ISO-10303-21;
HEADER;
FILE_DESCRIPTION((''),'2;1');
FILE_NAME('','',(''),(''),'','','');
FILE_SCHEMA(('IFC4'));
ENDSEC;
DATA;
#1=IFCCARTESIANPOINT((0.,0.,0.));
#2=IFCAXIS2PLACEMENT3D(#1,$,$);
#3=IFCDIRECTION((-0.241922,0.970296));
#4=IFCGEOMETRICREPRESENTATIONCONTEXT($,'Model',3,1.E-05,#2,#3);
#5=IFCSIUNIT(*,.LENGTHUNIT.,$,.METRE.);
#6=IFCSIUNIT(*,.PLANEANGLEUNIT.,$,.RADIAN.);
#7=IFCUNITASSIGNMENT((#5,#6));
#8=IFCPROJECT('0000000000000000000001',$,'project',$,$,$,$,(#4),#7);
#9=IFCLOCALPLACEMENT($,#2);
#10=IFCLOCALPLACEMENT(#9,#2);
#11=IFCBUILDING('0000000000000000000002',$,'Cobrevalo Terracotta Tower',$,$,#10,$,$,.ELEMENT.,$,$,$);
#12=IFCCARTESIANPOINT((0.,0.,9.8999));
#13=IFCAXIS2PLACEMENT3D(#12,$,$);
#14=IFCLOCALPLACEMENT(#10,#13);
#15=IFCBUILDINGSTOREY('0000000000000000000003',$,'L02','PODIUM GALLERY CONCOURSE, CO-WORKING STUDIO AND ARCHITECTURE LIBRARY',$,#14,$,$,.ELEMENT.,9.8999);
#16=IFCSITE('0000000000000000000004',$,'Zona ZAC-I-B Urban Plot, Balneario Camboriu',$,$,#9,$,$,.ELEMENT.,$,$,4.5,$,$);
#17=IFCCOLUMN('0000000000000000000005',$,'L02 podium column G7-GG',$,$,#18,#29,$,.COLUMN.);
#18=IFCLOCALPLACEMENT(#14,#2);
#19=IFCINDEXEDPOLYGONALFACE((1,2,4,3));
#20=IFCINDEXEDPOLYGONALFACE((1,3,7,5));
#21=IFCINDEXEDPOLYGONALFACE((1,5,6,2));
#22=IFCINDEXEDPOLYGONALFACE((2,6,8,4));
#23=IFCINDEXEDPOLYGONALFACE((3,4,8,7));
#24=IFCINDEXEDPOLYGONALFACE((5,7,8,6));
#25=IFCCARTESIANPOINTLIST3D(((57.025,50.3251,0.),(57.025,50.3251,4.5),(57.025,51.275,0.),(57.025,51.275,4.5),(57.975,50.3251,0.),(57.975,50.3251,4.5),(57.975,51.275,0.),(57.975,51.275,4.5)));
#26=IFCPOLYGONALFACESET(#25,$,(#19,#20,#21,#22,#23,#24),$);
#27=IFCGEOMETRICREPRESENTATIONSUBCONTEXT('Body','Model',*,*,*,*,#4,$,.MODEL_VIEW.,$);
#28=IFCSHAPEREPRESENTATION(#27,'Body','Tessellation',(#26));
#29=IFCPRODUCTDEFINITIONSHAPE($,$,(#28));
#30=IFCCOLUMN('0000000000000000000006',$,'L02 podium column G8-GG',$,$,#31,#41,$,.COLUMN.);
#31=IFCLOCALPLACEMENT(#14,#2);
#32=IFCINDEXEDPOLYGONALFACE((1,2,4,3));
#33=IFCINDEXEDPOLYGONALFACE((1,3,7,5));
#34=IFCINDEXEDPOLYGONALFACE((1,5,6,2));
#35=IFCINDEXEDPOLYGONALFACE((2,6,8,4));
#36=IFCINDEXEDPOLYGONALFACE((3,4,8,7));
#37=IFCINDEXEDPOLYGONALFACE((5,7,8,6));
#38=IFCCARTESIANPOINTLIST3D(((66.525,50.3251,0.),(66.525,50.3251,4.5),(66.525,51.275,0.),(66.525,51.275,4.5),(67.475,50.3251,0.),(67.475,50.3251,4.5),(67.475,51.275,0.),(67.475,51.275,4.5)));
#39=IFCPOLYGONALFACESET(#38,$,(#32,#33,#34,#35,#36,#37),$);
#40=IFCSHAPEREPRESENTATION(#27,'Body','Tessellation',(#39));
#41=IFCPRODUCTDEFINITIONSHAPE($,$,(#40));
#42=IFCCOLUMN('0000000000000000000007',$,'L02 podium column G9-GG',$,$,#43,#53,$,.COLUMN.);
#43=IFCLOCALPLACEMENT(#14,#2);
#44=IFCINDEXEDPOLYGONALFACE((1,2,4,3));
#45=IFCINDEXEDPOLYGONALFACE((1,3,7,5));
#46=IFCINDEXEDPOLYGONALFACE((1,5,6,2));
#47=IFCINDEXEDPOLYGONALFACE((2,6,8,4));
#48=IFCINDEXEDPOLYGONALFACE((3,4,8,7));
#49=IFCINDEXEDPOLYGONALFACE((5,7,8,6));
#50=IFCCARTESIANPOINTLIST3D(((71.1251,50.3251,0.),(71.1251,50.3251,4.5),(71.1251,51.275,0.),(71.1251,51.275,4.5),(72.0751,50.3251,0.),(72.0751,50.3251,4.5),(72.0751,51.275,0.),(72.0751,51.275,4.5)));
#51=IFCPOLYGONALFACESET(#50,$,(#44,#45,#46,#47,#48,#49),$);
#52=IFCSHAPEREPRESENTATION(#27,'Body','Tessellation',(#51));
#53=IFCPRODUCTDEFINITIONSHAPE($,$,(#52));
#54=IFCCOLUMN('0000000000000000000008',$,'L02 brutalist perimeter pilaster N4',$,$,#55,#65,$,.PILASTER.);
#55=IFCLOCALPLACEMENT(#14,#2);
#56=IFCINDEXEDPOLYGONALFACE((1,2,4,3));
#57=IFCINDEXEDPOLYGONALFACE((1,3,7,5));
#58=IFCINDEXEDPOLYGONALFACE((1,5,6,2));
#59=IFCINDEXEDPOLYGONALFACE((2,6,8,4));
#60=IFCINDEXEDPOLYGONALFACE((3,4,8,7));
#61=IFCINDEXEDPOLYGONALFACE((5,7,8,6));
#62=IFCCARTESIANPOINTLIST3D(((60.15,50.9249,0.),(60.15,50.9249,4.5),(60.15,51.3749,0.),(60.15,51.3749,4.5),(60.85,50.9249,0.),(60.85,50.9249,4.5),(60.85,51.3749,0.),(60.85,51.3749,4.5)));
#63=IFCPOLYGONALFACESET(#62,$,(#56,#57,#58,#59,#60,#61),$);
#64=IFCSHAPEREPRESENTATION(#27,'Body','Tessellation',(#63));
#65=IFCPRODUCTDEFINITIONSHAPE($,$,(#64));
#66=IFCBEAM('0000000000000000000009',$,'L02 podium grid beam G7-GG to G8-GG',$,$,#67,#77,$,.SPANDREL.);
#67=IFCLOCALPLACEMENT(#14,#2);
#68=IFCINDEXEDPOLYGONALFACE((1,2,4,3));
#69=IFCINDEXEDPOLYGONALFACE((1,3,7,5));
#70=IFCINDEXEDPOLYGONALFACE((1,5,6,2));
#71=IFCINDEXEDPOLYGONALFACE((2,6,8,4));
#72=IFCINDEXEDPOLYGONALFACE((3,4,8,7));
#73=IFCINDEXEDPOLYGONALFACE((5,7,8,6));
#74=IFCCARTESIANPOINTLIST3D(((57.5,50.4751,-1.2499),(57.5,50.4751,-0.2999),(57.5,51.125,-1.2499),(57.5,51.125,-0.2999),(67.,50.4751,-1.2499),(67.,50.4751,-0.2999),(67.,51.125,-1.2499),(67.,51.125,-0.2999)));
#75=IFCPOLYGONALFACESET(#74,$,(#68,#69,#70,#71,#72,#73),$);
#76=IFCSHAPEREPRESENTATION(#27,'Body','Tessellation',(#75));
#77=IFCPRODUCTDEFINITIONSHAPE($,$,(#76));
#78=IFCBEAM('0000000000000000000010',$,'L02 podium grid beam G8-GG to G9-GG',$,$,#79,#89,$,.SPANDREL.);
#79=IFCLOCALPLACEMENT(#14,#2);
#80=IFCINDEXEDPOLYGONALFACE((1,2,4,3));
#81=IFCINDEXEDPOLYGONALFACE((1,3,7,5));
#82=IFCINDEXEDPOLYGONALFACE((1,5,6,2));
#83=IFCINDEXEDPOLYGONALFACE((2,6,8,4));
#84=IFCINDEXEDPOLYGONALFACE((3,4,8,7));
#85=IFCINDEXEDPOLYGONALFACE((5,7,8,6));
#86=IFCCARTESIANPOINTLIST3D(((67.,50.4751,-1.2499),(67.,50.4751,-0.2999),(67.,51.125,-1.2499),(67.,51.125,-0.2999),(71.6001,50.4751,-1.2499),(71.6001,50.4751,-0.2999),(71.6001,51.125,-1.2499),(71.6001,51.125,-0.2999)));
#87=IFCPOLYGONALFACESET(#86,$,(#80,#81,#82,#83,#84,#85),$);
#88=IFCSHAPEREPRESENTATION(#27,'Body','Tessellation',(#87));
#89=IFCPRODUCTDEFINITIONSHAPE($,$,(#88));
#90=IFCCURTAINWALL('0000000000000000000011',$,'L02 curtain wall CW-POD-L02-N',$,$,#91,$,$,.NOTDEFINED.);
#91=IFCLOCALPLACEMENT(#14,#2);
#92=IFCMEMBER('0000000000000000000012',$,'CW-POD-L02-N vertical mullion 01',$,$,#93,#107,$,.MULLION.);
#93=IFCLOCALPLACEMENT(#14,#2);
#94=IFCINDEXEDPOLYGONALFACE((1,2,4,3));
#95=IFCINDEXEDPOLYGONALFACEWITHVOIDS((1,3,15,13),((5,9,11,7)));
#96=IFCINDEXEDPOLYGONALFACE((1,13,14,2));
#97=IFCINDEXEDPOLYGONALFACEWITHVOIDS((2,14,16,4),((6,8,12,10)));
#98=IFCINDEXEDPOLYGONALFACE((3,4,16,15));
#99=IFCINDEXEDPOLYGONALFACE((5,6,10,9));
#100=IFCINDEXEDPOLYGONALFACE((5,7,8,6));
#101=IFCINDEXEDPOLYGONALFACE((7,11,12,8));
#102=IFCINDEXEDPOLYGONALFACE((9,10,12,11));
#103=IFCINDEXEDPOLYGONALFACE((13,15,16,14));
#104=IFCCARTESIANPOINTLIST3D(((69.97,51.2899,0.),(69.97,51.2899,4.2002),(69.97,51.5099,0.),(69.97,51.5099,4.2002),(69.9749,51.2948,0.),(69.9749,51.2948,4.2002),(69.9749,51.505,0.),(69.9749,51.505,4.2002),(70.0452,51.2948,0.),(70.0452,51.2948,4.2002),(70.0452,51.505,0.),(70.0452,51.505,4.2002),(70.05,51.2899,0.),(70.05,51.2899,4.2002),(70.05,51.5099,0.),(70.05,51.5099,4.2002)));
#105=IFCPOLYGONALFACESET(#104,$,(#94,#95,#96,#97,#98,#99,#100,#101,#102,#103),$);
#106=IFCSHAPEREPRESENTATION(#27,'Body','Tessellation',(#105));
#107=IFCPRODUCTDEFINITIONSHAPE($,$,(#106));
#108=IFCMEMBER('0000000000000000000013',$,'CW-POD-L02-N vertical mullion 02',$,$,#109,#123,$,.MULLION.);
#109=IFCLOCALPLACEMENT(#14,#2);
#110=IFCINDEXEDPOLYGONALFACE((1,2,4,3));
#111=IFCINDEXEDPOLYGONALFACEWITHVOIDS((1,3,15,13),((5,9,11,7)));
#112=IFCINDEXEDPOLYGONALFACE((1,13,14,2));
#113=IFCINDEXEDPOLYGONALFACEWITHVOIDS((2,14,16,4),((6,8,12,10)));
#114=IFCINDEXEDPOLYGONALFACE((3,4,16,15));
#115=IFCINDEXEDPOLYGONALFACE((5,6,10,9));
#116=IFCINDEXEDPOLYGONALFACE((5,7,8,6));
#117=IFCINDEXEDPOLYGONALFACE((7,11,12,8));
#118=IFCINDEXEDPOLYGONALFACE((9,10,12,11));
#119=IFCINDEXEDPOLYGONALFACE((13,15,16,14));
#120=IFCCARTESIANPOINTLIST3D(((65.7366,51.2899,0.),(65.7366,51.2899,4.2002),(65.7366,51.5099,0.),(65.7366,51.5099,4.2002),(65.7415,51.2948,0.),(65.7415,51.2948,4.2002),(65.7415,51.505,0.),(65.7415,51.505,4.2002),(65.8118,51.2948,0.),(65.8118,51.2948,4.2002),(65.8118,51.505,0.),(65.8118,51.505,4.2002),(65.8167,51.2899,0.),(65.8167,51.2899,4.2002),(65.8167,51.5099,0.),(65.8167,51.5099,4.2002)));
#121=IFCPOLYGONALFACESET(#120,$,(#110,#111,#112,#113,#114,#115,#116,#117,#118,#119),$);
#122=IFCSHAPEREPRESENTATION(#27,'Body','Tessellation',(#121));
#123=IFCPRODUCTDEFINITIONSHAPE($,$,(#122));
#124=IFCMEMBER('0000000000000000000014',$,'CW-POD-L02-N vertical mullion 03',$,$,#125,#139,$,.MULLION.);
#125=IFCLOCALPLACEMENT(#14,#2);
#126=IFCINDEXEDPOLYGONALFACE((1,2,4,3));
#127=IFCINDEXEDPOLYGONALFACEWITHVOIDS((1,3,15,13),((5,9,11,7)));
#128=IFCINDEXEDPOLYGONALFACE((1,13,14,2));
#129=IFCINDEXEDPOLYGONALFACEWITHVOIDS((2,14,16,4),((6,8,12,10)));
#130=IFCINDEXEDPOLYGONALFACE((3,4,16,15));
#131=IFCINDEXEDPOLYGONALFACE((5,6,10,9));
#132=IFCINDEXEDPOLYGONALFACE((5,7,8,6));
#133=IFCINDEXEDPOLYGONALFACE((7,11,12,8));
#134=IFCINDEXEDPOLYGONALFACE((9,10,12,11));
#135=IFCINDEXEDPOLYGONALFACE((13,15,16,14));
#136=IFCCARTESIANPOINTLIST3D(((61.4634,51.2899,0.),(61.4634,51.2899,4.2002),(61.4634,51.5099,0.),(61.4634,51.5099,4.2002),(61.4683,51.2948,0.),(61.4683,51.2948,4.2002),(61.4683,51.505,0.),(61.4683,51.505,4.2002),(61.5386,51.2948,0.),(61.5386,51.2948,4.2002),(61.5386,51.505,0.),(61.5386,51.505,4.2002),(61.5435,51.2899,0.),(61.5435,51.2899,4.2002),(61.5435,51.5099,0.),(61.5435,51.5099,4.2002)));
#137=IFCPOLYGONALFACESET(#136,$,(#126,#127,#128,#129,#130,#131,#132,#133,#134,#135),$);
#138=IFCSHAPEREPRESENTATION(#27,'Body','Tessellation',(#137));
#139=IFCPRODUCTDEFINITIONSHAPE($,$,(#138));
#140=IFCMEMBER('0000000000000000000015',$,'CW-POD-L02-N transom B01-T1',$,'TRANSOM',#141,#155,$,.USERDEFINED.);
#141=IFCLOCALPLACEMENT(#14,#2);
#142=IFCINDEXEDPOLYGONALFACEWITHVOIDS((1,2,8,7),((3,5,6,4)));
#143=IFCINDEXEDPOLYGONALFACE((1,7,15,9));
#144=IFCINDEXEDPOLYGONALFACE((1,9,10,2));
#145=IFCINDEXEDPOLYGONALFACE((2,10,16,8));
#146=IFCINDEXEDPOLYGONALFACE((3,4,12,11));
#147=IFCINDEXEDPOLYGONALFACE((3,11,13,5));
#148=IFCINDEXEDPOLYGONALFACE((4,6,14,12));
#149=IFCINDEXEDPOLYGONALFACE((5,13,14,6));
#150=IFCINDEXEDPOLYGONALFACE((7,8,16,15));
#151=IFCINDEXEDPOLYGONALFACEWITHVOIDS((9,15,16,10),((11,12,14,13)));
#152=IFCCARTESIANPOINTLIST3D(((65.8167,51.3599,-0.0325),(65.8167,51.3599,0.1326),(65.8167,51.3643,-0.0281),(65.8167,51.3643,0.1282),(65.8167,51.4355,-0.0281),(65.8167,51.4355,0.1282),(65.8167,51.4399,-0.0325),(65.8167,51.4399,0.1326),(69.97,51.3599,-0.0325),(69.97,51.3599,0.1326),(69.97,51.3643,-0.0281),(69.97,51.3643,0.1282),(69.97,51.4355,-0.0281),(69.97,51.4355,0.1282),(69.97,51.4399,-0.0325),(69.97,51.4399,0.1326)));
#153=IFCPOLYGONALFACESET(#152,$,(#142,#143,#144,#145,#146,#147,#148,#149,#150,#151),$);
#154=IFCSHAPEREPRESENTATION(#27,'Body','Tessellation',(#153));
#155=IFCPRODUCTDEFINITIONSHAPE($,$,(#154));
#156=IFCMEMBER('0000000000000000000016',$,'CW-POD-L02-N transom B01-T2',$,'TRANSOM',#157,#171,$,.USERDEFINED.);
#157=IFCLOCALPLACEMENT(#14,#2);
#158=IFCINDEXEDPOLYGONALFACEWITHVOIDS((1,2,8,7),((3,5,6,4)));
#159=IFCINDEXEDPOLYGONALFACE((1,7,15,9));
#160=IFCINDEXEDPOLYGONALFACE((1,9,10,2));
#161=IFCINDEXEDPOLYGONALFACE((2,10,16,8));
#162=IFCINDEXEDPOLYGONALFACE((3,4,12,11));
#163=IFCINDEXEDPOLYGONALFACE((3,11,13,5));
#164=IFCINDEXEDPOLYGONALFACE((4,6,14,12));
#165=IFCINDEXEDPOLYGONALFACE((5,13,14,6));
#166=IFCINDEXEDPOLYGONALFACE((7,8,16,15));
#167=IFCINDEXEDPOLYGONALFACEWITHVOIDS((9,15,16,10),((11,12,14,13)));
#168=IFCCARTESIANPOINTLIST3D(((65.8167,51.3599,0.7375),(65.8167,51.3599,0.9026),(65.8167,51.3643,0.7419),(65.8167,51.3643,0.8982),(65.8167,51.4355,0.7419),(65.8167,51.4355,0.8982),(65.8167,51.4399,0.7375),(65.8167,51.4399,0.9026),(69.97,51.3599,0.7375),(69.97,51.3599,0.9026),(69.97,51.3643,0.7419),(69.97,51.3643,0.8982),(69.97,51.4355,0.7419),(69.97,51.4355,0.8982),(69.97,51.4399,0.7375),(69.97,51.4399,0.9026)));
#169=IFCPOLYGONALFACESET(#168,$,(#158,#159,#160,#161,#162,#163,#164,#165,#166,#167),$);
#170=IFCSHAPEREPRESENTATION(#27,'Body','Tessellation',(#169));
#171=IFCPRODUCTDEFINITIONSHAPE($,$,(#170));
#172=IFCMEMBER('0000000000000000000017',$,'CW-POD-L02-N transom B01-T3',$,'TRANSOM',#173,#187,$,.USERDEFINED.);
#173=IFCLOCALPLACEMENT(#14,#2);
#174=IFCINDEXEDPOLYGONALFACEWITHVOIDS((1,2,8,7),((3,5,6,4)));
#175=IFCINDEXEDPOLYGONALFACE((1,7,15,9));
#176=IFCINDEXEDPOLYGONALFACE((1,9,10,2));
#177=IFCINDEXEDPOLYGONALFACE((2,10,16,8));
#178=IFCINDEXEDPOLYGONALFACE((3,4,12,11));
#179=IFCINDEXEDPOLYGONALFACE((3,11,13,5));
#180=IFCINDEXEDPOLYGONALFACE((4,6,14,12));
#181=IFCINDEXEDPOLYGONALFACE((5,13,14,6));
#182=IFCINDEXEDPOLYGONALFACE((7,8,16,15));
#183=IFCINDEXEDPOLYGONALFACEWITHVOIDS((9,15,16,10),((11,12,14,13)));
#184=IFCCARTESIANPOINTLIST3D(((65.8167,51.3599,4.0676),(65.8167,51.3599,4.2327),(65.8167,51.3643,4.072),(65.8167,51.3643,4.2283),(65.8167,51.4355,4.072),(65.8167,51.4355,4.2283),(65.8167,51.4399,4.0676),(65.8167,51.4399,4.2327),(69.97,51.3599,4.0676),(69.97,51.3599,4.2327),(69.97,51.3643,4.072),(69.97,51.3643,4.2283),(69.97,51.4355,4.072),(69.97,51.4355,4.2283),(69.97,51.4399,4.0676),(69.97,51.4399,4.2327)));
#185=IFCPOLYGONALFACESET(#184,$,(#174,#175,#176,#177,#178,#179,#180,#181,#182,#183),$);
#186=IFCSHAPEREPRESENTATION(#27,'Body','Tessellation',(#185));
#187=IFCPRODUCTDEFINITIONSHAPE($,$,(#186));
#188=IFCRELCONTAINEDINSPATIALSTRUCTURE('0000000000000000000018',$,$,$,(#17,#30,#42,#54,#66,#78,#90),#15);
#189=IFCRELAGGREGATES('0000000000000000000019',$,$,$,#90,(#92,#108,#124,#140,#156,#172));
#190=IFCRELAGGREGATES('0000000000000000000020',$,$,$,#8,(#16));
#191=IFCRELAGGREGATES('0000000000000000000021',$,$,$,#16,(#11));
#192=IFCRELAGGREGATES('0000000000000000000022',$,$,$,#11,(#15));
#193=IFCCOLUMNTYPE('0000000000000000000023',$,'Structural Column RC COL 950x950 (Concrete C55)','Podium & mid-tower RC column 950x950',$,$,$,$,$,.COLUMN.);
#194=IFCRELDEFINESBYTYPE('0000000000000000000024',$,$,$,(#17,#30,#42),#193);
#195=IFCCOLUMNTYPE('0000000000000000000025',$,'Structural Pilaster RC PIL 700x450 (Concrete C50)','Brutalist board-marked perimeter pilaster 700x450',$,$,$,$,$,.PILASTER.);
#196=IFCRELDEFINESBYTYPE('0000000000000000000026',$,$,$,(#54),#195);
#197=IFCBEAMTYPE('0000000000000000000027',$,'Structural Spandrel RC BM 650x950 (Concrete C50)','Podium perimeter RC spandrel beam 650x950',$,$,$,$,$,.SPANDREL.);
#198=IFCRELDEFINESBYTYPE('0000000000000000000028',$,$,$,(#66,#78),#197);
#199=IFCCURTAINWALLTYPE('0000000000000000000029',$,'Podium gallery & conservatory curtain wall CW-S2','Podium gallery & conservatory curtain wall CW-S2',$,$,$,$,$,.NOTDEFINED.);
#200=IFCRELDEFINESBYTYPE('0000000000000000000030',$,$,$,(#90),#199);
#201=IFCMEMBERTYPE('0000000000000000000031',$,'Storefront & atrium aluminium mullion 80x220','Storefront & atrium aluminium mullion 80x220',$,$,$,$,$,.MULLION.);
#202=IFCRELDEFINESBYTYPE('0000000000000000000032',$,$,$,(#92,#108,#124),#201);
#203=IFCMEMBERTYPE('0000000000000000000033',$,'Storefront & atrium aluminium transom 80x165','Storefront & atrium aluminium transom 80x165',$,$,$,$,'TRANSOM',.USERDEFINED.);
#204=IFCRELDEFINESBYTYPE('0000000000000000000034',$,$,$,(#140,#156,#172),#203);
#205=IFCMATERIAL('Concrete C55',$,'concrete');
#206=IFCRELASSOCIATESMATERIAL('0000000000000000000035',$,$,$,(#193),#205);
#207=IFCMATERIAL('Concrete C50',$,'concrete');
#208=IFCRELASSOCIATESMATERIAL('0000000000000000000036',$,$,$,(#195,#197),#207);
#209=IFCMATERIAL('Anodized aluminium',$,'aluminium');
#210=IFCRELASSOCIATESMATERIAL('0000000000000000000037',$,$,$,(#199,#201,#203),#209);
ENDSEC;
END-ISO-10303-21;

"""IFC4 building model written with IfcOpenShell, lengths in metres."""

from ifc_helpers import new_model, si_unit, direction, frame, origin, origin_2d, place, context, subcontext, project, spatial, rectangle, hollow_rectangle, extrude, source, transform, mapped, material, material_profile, profile_set, type_object, element, aggregate, save


model = new_model("IFC4")

# Units and contexts
model_context = context("Model", 3, precision=1e-05, world=origin(), true_north=direction((-0.241922, 0.970296)))
body_context = subcontext(model_context, "Body", "Model", "MODEL_VIEW")
ifc_project = project(units=[si_unit("LENGTHUNIT", "METRE"), si_unit("PLANEANGLEUNIT", "RADIAN")], contexts=[model_context])

# Site, building, storey
site_placement = place(None, origin())
site = spatial("IfcSite", under=ifc_project, at=site_placement, Name="Zona ZAC-I-B Urban Plot, Balneario Camboriu", CompositionType="ELEMENT", RefElevation=4.5)
building_placement = place(site_placement, origin())
building = spatial("IfcBuilding", under=site, at=building_placement, Name="Cobrevalo Terracotta Tower", CompositionType="ELEMENT")
storey_placement = place(building_placement, frame((0.0, 0.0, 9.8999)))
storey = spatial("IfcBuildingStorey", under=building, at=storey_placement, Name="L02", Description="PODIUM GALLERY CONCOURSE, CO-WORKING STUDIO AND ARCHITECTURE LIBRARY", CompositionType="ELEMENT", Elevation=9.8999)

# Columns
ifc_material_1 = material(Name="Concrete C55", Category="concrete")
ifc_material_profile_1 = material_profile(ifc_material_1, rectangle(XDim=0.95, YDim=0.95, at=origin_2d()), Name="RC COL 950x950")
ifc_profile_set_1 = profile_set([ifc_material_profile_1], Name="Concrete C55")
column_type_1 = type_object("IfcColumnType", Name="Structural Column RC COL 950x950 (Concrete C55)", Description="Podium & mid-tower RC column 950x950", PredefinedType="COLUMN", material=ifc_profile_set_1)
for number, where, z_axis, x_axis, name in (
    (1, (57.5, 50.8, 0.0), (0.0, 0.0, 1.0), (1.0, 0.0, 0.0), "L02 podium column G7-GG"),
    (2, (67.0, 50.8, 0.0), (0.0, 0.0, 1.0), (1.0, 0.0, 0.0), "L02 podium column G8-GG"),
    (3, (71.6001, 50.8, 0.0), (0.0, 0.0, 1.0), (1.0, 0.0, 0.0), "L02 podium column G9-GG"),
):
    element("IfcColumn", number, at=place(storey_placement, frame(where, z_axis=z_axis, x_axis=x_axis)), inside=storey, type_object=column_type_1, Name=name, PredefinedType="COLUMN", context=body_context, shape_type="SweptSolid", body=[
        extrude(rectangle(XDim=0.95, YDim=0.95, at=origin_2d()), origin(), (0.0, 0.0, 1.0), 4.5),
    ])
ifc_material_2 = material(Name="Concrete C50", Category="concrete")
ifc_material_profile_2 = material_profile(ifc_material_2, rectangle(XDim=0.7, YDim=0.45, at=origin_2d()), Name="RC PIL 700x450")
ifc_profile_set_2 = profile_set([ifc_material_profile_2], Name="Concrete C50")
column_type_2 = type_object("IfcColumnType", Name="Structural Pilaster RC PIL 700x450 (Concrete C50)", Description="Brutalist board-marked perimeter pilaster 700x450", PredefinedType="PILASTER", material=ifc_profile_set_2)
column_placement = place(storey_placement, frame((60.5, 51.1499, 0.0), z_axis=(0.0, 0.0, 1.0), x_axis=(1.0, 0.0, 0.0)))
element("IfcColumn", 4, at=column_placement, inside=storey, type_object=column_type_2, Name="L02 brutalist perimeter pilaster N4", PredefinedType="PILASTER", context=body_context, shape_type="SweptSolid", body=[
    extrude(rectangle(XDim=0.7, YDim=0.45, at=origin_2d()), origin(), (0.0, 0.0, 1.0), 4.5),
])

# Beams
ifc_material_profile_3 = material_profile(ifc_material_2, rectangle(XDim=0.6499, YDim=0.95, at=origin_2d()), Name="RC BM 650x950")
ifc_profile_set_3 = profile_set([ifc_material_profile_3], Name="Concrete C50")
beam_type = type_object("IfcBeamType", Name="Structural Spandrel RC BM 650x950 (Concrete C50)", Description="Podium perimeter RC spandrel beam 650x950", PredefinedType="SPANDREL", material=ifc_profile_set_3)
beam_1_placement = place(storey_placement, frame((57.5, 50.8, -0.7749), z_axis=(1.0, 0.0, 0.0), x_axis=(0.0, 1.0, 0.0)))
element("IfcBeam", 5, at=beam_1_placement, inside=storey, type_object=beam_type, Name="L02 podium grid beam G7-GG to G8-GG", PredefinedType="SPANDREL", context=body_context, shape_type="SweptSolid", body=[
    extrude(rectangle(XDim=0.6499, YDim=0.95, at=origin_2d()), origin(), (0.0, 0.0, 1.0), 9.5),
])
beam_2_placement = place(storey_placement, frame((67.0, 50.8, -0.7749), z_axis=(1.0, 0.0, 0.0), x_axis=(0.0, 1.0, 0.0)))
element("IfcBeam", 6, at=beam_2_placement, inside=storey, type_object=beam_type, Name="L02 podium grid beam G8-GG to G9-GG", PredefinedType="SPANDREL", context=body_context, shape_type="SweptSolid", body=[
    extrude(rectangle(XDim=0.6499, YDim=0.95, at=origin_2d()), origin(), (0.0, 0.0, 1.0), 4.6001),
])

# Curtain wall, members
ifc_material_3 = material(Name="Anodized aluminium", Category="aluminium")
curtain_wall_type = type_object("IfcCurtainWallType", Name="Podium gallery & conservatory curtain wall CW-S2", Description="Podium gallery & conservatory curtain wall CW-S2", PredefinedType="NOTDEFINED", material=ifc_material_3)
curtain_wall_placement = place(storey_placement, origin())
curtain_wall = element("IfcCurtainWall", 7, at=curtain_wall_placement, inside=storey, type_object=curtain_wall_type, Name="L02 curtain wall CW-POD-L02-N", PredefinedType="NOTDEFINED")
ifc_material_profile_4 = material_profile(ifc_material_3, hollow_rectangle(XDim=0.0801, YDim=0.22, WallThickness=0.0049, at=origin_2d()), Name="CWM 80x220")
ifc_profile_set_4 = profile_set([ifc_material_profile_4], Name="Anodized aluminium")
member_type_1 = type_object("IfcMemberType", Name="Storefront & atrium aluminium mullion 80x220", Description="Storefront & atrium aluminium mullion 80x220", PredefinedType="MULLION", material=ifc_profile_set_4)
shared_shape_1 = source(origin(), body_context, "Body", "SweptSolid", [
    extrude(hollow_rectangle(XDim=0.0801, YDim=0.22, WallThickness=0.0049, at=origin_2d()), origin(), (0.0, 0.0, 1.0), 4.2002),
])
member_1_placement = place(storey_placement, frame((70.01, 51.3999, 0.0), z_axis=(0.0, 0.0, 1.0), x_axis=(-1.0, 0.0, 0.0)))
member_1 = element("IfcMember", 8, at=member_1_placement, type_object=member_type_1, Name="CW-POD-L02-N vertical mullion 01", PredefinedType="MULLION", context=body_context, shape_type="MappedRepresentation", body=[
    mapped(shared_shape_1, transform((0.0, 0.0, 0.0), scale=1.0)),
])
member_2_placement = place(storey_placement, frame((65.7766, 51.3999, 0.0), z_axis=(0.0, 0.0, 1.0), x_axis=(-1.0, 0.0, 0.0)))
member_2 = element("IfcMember", 9, at=member_2_placement, type_object=member_type_1, Name="CW-POD-L02-N vertical mullion 02", PredefinedType="MULLION", context=body_context, shape_type="MappedRepresentation", body=[
    mapped(shared_shape_1, transform((0.0, 0.0, 0.0), scale=1.0)),
])
member_3_placement = place(storey_placement, frame((61.5034, 51.3999, 0.0), z_axis=(0.0, 0.0, 1.0), x_axis=(-1.0, 0.0, 0.0)))
member_3 = element("IfcMember", 10, at=member_3_placement, type_object=member_type_1, Name="CW-POD-L02-N vertical mullion 03", PredefinedType="MULLION", context=body_context, shape_type="MappedRepresentation", body=[
    mapped(shared_shape_1, transform((0.0, 0.0, 0.0), scale=1.0)),
])
ifc_material_profile_5 = material_profile(ifc_material_3, hollow_rectangle(XDim=0.0801, YDim=0.165, WallThickness=0.0044, at=origin_2d()), Name="CWT 80x165")
ifc_profile_set_5 = profile_set([ifc_material_profile_5], Name="Anodized aluminium")
member_type_2 = type_object("IfcMemberType", Name="Storefront & atrium aluminium transom 80x165", Description="Storefront & atrium aluminium transom 80x165", ElementType="TRANSOM", PredefinedType="USERDEFINED", material=ifc_profile_set_5)
shared_shape_2 = source(origin(), body_context, "Body", "SweptSolid", [
    extrude(hollow_rectangle(XDim=0.0801, YDim=0.165, WallThickness=0.0044, at=origin_2d()), origin(), (0.0, 0.0, 1.0), 4.1533),
])
member_4_placement = place(storey_placement, frame((69.97, 51.3999, 0.05), z_axis=(-1.0, 0.0, 0.0), x_axis=(0.0, -1.0, 0.0)))
member_4 = element("IfcMember", 11, at=member_4_placement, type_object=member_type_2, Name="CW-POD-L02-N transom B01-T1", ObjectType="TRANSOM", PredefinedType="USERDEFINED", context=body_context, shape_type="MappedRepresentation", body=[
    mapped(shared_shape_2, transform((0.0, 0.0, 0.0), scale=1.0)),
])
member_5_placement = place(storey_placement, frame((69.97, 51.3999, 0.8201), z_axis=(-1.0, 0.0, 0.0), x_axis=(0.0, -1.0, 0.0)))
member_5 = element("IfcMember", 12, at=member_5_placement, type_object=member_type_2, Name="CW-POD-L02-N transom B01-T2", ObjectType="TRANSOM", PredefinedType="USERDEFINED", context=body_context, shape_type="MappedRepresentation", body=[
    mapped(shared_shape_2, transform((0.0, 0.0, 0.0), scale=1.0)),
])
member_6_placement = place(storey_placement, frame((69.97, 51.3999, 4.1501), z_axis=(-1.0, 0.0, 0.0), x_axis=(0.0, -1.0, 0.0)))
member_6 = element("IfcMember", 13, at=member_6_placement, type_object=member_type_2, Name="CW-POD-L02-N transom B01-T3", ObjectType="TRANSOM", PredefinedType="USERDEFINED", context=body_context, shape_type="MappedRepresentation", body=[
    mapped(shared_shape_2, transform((0.0, 0.0, 0.0), scale=1.0)),
])
aggregate(curtain_wall, [member_1, member_2, member_3, member_4, member_5, member_6])

save(model, "model.ifc")
